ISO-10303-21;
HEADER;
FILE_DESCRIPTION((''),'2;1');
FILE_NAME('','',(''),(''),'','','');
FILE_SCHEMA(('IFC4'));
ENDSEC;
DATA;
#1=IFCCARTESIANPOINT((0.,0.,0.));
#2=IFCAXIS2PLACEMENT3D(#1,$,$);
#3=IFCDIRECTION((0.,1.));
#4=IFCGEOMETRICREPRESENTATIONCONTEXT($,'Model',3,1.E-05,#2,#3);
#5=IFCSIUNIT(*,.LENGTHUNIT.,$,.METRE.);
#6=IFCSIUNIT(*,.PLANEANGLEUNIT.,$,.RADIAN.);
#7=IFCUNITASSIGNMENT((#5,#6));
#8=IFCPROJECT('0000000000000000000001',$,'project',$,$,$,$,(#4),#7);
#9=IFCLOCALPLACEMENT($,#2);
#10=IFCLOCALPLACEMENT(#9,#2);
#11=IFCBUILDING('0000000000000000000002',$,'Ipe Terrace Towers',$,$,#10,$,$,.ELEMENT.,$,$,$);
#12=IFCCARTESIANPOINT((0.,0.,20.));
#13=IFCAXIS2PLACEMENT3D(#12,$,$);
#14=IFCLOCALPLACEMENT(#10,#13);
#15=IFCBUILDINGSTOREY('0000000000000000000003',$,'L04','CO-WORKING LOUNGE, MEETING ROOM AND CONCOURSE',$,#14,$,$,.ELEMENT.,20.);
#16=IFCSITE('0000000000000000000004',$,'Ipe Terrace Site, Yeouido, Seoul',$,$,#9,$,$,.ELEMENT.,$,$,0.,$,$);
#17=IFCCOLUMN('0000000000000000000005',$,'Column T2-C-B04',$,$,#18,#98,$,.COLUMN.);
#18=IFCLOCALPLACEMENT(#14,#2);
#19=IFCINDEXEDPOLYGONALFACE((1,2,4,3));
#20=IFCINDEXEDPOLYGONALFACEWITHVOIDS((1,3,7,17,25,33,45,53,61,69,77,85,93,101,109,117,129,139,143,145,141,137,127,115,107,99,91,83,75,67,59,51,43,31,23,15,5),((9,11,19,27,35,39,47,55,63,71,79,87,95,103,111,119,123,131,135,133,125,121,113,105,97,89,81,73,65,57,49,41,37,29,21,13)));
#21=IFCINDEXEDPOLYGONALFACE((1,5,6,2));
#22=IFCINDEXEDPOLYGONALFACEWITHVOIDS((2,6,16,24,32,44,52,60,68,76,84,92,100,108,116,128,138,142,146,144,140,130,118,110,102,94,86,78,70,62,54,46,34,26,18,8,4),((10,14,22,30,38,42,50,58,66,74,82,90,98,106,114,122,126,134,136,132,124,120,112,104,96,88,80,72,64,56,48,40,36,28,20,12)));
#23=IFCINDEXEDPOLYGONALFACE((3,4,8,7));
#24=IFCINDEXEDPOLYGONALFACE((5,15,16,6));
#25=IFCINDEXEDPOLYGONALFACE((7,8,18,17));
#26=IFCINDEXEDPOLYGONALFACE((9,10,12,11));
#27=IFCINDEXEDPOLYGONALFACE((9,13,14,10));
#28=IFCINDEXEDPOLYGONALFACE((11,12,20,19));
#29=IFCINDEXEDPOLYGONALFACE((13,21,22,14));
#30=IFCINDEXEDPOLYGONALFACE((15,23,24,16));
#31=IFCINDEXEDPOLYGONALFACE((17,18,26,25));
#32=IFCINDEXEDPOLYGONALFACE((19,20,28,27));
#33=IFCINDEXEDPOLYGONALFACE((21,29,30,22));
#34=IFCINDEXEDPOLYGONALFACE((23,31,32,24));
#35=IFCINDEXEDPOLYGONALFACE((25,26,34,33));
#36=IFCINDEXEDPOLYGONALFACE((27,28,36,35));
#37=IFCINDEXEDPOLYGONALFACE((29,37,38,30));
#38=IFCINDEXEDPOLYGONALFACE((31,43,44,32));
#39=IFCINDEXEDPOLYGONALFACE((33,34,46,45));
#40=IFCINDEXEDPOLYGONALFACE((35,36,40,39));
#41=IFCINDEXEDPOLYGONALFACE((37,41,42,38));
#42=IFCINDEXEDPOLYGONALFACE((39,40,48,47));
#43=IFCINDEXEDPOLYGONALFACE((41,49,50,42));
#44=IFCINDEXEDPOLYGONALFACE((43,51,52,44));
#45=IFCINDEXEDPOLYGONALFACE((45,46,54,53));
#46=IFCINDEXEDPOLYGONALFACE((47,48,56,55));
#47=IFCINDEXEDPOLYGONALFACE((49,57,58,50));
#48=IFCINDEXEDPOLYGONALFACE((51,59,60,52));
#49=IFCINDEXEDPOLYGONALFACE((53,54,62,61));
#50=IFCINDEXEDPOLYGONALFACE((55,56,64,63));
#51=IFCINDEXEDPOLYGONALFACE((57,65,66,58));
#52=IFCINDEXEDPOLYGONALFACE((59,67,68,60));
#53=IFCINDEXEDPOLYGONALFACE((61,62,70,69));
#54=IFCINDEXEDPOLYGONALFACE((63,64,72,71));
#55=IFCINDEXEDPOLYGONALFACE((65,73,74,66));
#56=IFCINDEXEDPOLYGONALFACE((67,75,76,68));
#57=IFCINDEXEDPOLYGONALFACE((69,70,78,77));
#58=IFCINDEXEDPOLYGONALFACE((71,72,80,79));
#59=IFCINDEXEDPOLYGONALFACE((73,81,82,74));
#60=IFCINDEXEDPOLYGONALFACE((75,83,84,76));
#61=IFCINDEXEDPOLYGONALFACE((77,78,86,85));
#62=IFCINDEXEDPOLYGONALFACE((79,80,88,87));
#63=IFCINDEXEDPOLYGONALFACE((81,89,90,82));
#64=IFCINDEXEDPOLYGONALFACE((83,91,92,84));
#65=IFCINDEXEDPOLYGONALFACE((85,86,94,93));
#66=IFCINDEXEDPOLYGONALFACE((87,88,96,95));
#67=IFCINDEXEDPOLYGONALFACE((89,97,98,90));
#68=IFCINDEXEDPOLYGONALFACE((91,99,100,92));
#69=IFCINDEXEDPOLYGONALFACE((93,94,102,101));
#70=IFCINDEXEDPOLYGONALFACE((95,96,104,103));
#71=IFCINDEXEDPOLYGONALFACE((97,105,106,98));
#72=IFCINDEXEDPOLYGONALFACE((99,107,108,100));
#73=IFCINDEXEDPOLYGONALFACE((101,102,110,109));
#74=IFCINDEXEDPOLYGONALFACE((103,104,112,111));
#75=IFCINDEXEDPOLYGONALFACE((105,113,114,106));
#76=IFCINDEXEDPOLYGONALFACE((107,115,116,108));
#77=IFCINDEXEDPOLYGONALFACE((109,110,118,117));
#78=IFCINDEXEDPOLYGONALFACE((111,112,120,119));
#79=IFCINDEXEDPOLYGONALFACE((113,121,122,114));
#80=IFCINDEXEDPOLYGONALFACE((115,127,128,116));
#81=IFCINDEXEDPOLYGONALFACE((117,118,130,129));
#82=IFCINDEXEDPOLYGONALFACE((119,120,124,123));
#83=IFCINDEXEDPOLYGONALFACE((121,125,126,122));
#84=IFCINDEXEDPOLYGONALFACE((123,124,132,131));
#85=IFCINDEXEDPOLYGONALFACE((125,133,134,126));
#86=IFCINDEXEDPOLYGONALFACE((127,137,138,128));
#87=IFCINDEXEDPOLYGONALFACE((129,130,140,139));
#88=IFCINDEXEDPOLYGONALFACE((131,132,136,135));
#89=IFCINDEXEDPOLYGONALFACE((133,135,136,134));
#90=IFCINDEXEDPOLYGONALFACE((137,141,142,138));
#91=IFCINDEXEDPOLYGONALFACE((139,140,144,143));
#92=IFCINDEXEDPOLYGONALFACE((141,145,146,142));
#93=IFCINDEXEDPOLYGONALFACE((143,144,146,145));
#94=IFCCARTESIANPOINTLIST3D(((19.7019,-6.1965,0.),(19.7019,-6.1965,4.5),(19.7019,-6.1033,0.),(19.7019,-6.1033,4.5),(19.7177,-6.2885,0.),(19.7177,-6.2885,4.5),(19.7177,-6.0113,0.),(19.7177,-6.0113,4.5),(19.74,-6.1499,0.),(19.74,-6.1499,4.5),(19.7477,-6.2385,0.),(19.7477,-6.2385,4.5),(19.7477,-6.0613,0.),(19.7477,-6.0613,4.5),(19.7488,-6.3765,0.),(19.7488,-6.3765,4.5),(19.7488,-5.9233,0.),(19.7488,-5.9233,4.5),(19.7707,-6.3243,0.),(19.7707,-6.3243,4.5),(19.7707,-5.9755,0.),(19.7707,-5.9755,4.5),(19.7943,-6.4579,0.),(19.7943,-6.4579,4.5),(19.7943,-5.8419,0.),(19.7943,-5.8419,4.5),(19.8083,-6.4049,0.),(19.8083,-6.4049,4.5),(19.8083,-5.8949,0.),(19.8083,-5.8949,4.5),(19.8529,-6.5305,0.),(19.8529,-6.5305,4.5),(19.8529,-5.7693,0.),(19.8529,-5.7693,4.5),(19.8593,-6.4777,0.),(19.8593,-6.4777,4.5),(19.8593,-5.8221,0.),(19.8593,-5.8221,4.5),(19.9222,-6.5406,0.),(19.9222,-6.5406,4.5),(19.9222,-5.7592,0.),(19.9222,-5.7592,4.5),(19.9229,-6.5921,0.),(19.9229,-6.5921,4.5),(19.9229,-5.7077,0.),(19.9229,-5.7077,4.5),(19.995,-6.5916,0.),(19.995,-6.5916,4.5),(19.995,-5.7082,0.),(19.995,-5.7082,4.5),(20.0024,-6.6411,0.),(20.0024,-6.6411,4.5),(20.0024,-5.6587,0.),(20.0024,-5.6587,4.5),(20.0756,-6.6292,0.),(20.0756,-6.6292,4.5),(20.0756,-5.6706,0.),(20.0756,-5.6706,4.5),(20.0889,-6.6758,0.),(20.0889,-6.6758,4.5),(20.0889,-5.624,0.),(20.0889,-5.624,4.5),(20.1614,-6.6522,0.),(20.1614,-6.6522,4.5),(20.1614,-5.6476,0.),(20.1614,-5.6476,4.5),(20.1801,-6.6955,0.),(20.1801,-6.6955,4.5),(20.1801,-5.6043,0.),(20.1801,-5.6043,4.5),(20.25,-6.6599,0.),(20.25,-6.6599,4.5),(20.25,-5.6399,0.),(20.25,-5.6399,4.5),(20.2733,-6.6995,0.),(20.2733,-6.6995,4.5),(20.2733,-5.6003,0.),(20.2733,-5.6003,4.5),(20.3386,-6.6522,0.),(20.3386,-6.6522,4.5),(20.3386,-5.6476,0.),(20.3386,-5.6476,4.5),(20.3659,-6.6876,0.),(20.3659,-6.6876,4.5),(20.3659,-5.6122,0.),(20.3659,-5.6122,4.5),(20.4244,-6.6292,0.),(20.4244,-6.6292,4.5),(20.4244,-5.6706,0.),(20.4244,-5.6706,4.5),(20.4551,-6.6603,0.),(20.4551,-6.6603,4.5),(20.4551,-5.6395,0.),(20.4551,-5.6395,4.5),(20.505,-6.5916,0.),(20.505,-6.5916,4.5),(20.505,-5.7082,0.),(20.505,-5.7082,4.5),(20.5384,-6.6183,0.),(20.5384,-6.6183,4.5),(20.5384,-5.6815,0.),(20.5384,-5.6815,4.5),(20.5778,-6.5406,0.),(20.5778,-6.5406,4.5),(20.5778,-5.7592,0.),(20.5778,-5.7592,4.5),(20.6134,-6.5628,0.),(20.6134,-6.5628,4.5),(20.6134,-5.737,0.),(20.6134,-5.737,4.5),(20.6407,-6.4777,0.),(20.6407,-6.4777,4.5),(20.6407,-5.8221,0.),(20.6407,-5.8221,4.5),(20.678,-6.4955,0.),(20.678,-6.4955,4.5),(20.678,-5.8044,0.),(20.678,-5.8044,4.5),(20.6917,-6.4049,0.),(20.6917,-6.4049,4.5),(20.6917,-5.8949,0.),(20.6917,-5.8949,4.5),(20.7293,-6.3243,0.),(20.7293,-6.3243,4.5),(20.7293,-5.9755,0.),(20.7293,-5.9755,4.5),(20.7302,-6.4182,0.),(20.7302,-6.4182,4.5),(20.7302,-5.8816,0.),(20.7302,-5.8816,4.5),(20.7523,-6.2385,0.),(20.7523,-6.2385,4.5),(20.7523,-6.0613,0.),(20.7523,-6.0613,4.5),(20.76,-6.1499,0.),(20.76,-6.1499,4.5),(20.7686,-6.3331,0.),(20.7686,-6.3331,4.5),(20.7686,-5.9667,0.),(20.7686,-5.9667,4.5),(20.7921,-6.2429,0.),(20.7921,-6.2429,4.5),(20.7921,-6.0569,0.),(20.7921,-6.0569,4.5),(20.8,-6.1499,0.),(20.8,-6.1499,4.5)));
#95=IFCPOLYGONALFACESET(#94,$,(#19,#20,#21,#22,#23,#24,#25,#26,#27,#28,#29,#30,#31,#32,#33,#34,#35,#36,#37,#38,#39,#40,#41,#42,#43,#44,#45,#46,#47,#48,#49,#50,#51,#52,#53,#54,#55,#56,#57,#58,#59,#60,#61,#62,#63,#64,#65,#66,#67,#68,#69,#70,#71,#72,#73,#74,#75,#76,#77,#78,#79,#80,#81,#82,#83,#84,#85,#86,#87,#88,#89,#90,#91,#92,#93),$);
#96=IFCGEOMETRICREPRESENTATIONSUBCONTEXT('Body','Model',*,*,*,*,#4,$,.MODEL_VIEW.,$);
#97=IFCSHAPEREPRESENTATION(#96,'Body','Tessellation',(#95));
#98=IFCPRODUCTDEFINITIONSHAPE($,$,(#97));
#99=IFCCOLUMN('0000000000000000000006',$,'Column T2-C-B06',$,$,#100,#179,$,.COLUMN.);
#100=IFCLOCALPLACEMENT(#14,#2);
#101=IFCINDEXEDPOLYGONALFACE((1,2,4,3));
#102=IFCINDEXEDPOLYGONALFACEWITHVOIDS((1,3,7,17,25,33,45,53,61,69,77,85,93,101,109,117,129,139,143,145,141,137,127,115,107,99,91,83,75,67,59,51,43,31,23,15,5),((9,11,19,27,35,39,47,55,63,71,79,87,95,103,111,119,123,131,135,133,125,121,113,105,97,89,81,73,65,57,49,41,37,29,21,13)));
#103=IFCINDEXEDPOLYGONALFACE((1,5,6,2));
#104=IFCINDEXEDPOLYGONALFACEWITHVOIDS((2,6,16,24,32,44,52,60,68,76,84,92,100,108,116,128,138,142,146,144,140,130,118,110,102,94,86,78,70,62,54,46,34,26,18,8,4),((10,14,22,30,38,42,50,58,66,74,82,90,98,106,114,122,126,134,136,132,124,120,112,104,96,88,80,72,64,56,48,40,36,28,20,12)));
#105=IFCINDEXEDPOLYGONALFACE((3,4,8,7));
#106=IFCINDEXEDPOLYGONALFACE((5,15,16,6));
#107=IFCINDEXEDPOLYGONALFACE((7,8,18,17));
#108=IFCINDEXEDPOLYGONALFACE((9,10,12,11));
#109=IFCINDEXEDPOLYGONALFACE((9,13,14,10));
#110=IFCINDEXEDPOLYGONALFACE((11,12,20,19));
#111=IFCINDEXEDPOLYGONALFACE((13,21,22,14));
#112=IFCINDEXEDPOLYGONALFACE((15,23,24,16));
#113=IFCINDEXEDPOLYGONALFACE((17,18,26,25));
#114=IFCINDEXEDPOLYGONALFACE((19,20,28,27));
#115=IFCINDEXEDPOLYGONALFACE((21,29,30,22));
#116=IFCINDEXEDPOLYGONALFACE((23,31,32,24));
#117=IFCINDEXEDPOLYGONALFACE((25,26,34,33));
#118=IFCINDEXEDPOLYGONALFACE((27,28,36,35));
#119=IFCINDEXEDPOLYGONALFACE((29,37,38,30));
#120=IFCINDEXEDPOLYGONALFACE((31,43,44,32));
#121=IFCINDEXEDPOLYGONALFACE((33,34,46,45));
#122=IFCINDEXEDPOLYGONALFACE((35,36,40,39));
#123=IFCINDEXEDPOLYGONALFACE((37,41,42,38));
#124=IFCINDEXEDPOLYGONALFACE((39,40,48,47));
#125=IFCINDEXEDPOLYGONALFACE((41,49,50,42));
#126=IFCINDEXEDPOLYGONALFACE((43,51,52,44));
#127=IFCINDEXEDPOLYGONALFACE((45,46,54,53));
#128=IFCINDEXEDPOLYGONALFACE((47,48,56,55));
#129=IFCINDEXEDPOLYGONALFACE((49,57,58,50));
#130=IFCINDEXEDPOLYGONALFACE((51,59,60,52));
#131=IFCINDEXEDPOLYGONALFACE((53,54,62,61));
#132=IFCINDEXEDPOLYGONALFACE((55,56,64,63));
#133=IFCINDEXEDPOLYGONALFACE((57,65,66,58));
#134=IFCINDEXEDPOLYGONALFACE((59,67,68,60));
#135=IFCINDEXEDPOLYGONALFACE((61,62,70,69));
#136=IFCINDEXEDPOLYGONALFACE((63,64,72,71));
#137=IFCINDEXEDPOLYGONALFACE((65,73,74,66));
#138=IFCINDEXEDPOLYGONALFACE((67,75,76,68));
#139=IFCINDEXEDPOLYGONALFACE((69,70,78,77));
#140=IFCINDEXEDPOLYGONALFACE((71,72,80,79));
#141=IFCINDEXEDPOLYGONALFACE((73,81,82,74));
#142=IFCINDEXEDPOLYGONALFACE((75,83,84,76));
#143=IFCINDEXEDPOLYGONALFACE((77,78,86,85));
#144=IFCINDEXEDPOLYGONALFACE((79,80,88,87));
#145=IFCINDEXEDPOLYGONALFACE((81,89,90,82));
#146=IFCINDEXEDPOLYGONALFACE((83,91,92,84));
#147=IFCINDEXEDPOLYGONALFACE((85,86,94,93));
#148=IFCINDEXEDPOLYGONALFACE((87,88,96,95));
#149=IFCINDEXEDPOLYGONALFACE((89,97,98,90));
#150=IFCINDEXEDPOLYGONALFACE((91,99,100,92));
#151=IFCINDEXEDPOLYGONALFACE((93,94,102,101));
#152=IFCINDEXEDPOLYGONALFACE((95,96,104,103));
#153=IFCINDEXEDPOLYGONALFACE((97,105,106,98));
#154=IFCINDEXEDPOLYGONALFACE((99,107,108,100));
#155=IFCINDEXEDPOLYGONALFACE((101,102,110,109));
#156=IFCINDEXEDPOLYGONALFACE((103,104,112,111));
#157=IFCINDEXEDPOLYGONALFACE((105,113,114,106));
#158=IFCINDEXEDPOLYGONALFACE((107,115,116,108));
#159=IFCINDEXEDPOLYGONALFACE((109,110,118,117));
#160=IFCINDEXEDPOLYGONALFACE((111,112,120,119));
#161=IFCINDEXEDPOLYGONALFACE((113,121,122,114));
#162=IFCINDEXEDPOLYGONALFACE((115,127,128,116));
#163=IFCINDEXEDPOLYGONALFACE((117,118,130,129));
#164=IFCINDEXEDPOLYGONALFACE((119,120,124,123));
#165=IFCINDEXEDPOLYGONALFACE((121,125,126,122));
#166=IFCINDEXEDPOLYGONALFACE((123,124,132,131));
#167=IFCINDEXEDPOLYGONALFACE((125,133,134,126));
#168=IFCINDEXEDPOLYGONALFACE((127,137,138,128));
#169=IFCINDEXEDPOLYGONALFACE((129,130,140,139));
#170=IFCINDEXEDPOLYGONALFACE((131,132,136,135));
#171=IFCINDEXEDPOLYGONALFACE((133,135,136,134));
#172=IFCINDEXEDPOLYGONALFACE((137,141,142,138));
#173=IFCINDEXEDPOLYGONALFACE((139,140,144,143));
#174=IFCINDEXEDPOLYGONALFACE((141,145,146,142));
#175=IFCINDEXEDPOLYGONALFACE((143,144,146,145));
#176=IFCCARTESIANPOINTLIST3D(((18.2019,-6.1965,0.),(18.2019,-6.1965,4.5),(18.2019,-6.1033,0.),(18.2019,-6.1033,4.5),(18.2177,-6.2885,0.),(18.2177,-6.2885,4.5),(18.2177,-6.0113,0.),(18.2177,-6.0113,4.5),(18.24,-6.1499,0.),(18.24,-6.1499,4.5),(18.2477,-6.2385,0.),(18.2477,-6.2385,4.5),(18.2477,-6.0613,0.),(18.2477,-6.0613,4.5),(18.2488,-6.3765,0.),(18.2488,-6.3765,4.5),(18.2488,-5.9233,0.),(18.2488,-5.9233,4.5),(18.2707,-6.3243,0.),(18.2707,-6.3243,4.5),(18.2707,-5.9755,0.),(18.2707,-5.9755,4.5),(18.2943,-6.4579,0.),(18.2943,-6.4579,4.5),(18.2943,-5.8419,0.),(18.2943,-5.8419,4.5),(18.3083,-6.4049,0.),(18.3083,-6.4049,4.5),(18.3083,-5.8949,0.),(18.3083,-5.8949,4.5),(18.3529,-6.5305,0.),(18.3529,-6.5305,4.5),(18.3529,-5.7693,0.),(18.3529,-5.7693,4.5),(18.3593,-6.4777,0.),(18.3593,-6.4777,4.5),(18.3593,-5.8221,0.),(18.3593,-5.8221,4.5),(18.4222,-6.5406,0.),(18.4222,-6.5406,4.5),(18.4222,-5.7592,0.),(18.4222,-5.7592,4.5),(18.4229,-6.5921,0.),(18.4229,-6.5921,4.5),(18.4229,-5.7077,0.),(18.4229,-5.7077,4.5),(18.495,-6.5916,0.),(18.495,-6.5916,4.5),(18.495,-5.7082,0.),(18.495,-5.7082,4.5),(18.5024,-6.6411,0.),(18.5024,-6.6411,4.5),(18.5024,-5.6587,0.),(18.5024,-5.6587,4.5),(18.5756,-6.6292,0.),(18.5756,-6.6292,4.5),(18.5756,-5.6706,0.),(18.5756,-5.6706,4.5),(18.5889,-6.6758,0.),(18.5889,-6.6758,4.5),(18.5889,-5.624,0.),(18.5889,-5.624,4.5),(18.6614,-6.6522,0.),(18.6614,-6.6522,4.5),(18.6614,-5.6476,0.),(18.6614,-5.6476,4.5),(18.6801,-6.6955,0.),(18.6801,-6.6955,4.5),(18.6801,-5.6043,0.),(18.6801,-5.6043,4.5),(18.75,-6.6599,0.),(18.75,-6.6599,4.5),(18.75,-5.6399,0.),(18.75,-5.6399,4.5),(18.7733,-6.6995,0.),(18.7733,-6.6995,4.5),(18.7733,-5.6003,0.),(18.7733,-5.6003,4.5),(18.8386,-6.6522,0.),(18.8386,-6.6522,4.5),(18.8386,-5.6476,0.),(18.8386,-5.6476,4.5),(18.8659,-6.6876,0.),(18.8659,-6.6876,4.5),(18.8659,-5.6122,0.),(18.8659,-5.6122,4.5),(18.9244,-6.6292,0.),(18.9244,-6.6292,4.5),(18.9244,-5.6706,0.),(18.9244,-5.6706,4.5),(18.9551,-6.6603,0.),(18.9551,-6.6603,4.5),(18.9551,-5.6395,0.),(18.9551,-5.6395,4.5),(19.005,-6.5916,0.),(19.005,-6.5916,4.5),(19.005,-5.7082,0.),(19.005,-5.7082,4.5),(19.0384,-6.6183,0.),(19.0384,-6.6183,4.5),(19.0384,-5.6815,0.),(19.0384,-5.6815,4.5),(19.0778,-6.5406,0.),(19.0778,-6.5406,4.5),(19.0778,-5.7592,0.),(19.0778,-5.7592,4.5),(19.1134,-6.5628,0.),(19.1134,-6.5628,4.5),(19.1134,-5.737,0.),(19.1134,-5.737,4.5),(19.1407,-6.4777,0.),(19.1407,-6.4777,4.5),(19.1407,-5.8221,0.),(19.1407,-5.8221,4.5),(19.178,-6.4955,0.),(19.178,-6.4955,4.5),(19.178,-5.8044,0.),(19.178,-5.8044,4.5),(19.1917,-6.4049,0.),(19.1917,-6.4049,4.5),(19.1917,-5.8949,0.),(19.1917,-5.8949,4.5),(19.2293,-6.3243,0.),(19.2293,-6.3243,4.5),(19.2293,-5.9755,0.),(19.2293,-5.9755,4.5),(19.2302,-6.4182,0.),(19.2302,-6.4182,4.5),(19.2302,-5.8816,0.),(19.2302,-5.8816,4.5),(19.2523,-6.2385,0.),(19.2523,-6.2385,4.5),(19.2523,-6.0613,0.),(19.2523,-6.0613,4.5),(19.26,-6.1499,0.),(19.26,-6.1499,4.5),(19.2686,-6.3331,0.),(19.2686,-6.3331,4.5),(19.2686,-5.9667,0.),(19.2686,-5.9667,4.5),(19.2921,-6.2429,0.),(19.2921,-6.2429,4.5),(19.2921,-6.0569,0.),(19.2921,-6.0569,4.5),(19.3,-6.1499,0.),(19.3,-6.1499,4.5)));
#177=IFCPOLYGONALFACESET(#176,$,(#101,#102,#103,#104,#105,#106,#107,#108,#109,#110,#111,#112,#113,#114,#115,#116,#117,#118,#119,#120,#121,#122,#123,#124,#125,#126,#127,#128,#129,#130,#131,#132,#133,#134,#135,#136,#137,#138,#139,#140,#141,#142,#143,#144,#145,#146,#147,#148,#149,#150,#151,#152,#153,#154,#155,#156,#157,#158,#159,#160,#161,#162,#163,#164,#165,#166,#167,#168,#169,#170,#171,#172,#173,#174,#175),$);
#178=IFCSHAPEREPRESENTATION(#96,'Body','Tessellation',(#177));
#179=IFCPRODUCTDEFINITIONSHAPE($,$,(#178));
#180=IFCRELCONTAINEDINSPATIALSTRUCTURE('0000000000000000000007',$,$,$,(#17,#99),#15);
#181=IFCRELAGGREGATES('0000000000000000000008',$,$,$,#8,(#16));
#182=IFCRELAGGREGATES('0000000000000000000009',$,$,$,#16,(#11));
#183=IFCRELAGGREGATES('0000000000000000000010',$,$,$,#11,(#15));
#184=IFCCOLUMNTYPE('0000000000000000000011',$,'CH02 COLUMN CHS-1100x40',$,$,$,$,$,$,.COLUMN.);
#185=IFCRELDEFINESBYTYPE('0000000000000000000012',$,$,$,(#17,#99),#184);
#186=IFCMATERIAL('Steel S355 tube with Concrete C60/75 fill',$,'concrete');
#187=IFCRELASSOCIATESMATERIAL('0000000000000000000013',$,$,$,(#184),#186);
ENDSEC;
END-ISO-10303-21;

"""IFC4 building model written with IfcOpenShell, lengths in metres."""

from ifc_helpers import new_model, si_unit, direction, frame, origin, origin_2d, place, context, subcontext, project, spatial, hollow_circle, extrude, material, material_profile, profile_set, type_object, element, save


model = new_model("IFC4")

# Units and contexts
model_context = context("Model", 3, precision=1e-05, world=origin(), true_north=direction((0.0, 1.0)))
body_context = subcontext(model_context, "Body", "Model", "MODEL_VIEW")
ifc_project = project(units=[si_unit("LENGTHUNIT", "METRE"), si_unit("PLANEANGLEUNIT", "RADIAN")], contexts=[model_context])

# Site, building, storey
site_placement = place(None, origin())
site = spatial("IfcSite", under=ifc_project, at=site_placement, Name="Ipe Terrace Site, Yeouido, Seoul", CompositionType="ELEMENT", RefElevation=0.0)
building_placement = place(site_placement, origin())
building = spatial("IfcBuilding", under=site, at=building_placement, Name="Ipe Terrace Towers", CompositionType="ELEMENT")
storey_placement = place(building_placement, frame((0.0, 0.0, 20.0)))
storey = spatial("IfcBuildingStorey", under=building, at=storey_placement, Name="L04", Description="CO-WORKING LOUNGE, MEETING ROOM AND CONCOURSE", CompositionType="ELEMENT", Elevation=20.0)

# Columns
ifc_material_1 = material(Name="Steel S355 tube with Concrete C60/75 fill", Category="concrete")
ifc_material_profile_1 = material_profile(ifc_material_1, hollow_circle(Radius=0.55, WallThickness=0.04, at=origin_2d()), Name="CHS-1100x40")
ifc_profile_set_1 = profile_set([ifc_material_profile_1], Name="Steel S355 tube with Concrete C60/75 fill")
column_type_1 = type_object("IfcColumnType", Name="CH02 COLUMN CHS-1100x40", PredefinedType="COLUMN", material=ifc_profile_set_1)
for number, where, z_axis, x_axis, name in (
    (1, (20.25, -6.1499, 0.0), (0.0, 0.0, 1.0), (1.0, 0.0, 0.0), "Column T2-C-B04"),
    (2, (18.75, -6.1499, 0.0), (0.0, 0.0, 1.0), (1.0, 0.0, 0.0), "Column T2-C-B06"),
):
    element("IfcColumn", number, at=place(storey_placement, frame(where, z_axis=z_axis, x_axis=x_axis)), inside=storey, type_object=column_type_1, Name=name, PredefinedType="COLUMN", context=body_context, shape_type="SweptSolid", body=[
        extrude(hollow_circle(Radius=0.55, WallThickness=0.04, at=origin_2d()), origin(), (0.0, 0.0, 1.0), 4.5),
    ])

save(model, "model.ifc")
